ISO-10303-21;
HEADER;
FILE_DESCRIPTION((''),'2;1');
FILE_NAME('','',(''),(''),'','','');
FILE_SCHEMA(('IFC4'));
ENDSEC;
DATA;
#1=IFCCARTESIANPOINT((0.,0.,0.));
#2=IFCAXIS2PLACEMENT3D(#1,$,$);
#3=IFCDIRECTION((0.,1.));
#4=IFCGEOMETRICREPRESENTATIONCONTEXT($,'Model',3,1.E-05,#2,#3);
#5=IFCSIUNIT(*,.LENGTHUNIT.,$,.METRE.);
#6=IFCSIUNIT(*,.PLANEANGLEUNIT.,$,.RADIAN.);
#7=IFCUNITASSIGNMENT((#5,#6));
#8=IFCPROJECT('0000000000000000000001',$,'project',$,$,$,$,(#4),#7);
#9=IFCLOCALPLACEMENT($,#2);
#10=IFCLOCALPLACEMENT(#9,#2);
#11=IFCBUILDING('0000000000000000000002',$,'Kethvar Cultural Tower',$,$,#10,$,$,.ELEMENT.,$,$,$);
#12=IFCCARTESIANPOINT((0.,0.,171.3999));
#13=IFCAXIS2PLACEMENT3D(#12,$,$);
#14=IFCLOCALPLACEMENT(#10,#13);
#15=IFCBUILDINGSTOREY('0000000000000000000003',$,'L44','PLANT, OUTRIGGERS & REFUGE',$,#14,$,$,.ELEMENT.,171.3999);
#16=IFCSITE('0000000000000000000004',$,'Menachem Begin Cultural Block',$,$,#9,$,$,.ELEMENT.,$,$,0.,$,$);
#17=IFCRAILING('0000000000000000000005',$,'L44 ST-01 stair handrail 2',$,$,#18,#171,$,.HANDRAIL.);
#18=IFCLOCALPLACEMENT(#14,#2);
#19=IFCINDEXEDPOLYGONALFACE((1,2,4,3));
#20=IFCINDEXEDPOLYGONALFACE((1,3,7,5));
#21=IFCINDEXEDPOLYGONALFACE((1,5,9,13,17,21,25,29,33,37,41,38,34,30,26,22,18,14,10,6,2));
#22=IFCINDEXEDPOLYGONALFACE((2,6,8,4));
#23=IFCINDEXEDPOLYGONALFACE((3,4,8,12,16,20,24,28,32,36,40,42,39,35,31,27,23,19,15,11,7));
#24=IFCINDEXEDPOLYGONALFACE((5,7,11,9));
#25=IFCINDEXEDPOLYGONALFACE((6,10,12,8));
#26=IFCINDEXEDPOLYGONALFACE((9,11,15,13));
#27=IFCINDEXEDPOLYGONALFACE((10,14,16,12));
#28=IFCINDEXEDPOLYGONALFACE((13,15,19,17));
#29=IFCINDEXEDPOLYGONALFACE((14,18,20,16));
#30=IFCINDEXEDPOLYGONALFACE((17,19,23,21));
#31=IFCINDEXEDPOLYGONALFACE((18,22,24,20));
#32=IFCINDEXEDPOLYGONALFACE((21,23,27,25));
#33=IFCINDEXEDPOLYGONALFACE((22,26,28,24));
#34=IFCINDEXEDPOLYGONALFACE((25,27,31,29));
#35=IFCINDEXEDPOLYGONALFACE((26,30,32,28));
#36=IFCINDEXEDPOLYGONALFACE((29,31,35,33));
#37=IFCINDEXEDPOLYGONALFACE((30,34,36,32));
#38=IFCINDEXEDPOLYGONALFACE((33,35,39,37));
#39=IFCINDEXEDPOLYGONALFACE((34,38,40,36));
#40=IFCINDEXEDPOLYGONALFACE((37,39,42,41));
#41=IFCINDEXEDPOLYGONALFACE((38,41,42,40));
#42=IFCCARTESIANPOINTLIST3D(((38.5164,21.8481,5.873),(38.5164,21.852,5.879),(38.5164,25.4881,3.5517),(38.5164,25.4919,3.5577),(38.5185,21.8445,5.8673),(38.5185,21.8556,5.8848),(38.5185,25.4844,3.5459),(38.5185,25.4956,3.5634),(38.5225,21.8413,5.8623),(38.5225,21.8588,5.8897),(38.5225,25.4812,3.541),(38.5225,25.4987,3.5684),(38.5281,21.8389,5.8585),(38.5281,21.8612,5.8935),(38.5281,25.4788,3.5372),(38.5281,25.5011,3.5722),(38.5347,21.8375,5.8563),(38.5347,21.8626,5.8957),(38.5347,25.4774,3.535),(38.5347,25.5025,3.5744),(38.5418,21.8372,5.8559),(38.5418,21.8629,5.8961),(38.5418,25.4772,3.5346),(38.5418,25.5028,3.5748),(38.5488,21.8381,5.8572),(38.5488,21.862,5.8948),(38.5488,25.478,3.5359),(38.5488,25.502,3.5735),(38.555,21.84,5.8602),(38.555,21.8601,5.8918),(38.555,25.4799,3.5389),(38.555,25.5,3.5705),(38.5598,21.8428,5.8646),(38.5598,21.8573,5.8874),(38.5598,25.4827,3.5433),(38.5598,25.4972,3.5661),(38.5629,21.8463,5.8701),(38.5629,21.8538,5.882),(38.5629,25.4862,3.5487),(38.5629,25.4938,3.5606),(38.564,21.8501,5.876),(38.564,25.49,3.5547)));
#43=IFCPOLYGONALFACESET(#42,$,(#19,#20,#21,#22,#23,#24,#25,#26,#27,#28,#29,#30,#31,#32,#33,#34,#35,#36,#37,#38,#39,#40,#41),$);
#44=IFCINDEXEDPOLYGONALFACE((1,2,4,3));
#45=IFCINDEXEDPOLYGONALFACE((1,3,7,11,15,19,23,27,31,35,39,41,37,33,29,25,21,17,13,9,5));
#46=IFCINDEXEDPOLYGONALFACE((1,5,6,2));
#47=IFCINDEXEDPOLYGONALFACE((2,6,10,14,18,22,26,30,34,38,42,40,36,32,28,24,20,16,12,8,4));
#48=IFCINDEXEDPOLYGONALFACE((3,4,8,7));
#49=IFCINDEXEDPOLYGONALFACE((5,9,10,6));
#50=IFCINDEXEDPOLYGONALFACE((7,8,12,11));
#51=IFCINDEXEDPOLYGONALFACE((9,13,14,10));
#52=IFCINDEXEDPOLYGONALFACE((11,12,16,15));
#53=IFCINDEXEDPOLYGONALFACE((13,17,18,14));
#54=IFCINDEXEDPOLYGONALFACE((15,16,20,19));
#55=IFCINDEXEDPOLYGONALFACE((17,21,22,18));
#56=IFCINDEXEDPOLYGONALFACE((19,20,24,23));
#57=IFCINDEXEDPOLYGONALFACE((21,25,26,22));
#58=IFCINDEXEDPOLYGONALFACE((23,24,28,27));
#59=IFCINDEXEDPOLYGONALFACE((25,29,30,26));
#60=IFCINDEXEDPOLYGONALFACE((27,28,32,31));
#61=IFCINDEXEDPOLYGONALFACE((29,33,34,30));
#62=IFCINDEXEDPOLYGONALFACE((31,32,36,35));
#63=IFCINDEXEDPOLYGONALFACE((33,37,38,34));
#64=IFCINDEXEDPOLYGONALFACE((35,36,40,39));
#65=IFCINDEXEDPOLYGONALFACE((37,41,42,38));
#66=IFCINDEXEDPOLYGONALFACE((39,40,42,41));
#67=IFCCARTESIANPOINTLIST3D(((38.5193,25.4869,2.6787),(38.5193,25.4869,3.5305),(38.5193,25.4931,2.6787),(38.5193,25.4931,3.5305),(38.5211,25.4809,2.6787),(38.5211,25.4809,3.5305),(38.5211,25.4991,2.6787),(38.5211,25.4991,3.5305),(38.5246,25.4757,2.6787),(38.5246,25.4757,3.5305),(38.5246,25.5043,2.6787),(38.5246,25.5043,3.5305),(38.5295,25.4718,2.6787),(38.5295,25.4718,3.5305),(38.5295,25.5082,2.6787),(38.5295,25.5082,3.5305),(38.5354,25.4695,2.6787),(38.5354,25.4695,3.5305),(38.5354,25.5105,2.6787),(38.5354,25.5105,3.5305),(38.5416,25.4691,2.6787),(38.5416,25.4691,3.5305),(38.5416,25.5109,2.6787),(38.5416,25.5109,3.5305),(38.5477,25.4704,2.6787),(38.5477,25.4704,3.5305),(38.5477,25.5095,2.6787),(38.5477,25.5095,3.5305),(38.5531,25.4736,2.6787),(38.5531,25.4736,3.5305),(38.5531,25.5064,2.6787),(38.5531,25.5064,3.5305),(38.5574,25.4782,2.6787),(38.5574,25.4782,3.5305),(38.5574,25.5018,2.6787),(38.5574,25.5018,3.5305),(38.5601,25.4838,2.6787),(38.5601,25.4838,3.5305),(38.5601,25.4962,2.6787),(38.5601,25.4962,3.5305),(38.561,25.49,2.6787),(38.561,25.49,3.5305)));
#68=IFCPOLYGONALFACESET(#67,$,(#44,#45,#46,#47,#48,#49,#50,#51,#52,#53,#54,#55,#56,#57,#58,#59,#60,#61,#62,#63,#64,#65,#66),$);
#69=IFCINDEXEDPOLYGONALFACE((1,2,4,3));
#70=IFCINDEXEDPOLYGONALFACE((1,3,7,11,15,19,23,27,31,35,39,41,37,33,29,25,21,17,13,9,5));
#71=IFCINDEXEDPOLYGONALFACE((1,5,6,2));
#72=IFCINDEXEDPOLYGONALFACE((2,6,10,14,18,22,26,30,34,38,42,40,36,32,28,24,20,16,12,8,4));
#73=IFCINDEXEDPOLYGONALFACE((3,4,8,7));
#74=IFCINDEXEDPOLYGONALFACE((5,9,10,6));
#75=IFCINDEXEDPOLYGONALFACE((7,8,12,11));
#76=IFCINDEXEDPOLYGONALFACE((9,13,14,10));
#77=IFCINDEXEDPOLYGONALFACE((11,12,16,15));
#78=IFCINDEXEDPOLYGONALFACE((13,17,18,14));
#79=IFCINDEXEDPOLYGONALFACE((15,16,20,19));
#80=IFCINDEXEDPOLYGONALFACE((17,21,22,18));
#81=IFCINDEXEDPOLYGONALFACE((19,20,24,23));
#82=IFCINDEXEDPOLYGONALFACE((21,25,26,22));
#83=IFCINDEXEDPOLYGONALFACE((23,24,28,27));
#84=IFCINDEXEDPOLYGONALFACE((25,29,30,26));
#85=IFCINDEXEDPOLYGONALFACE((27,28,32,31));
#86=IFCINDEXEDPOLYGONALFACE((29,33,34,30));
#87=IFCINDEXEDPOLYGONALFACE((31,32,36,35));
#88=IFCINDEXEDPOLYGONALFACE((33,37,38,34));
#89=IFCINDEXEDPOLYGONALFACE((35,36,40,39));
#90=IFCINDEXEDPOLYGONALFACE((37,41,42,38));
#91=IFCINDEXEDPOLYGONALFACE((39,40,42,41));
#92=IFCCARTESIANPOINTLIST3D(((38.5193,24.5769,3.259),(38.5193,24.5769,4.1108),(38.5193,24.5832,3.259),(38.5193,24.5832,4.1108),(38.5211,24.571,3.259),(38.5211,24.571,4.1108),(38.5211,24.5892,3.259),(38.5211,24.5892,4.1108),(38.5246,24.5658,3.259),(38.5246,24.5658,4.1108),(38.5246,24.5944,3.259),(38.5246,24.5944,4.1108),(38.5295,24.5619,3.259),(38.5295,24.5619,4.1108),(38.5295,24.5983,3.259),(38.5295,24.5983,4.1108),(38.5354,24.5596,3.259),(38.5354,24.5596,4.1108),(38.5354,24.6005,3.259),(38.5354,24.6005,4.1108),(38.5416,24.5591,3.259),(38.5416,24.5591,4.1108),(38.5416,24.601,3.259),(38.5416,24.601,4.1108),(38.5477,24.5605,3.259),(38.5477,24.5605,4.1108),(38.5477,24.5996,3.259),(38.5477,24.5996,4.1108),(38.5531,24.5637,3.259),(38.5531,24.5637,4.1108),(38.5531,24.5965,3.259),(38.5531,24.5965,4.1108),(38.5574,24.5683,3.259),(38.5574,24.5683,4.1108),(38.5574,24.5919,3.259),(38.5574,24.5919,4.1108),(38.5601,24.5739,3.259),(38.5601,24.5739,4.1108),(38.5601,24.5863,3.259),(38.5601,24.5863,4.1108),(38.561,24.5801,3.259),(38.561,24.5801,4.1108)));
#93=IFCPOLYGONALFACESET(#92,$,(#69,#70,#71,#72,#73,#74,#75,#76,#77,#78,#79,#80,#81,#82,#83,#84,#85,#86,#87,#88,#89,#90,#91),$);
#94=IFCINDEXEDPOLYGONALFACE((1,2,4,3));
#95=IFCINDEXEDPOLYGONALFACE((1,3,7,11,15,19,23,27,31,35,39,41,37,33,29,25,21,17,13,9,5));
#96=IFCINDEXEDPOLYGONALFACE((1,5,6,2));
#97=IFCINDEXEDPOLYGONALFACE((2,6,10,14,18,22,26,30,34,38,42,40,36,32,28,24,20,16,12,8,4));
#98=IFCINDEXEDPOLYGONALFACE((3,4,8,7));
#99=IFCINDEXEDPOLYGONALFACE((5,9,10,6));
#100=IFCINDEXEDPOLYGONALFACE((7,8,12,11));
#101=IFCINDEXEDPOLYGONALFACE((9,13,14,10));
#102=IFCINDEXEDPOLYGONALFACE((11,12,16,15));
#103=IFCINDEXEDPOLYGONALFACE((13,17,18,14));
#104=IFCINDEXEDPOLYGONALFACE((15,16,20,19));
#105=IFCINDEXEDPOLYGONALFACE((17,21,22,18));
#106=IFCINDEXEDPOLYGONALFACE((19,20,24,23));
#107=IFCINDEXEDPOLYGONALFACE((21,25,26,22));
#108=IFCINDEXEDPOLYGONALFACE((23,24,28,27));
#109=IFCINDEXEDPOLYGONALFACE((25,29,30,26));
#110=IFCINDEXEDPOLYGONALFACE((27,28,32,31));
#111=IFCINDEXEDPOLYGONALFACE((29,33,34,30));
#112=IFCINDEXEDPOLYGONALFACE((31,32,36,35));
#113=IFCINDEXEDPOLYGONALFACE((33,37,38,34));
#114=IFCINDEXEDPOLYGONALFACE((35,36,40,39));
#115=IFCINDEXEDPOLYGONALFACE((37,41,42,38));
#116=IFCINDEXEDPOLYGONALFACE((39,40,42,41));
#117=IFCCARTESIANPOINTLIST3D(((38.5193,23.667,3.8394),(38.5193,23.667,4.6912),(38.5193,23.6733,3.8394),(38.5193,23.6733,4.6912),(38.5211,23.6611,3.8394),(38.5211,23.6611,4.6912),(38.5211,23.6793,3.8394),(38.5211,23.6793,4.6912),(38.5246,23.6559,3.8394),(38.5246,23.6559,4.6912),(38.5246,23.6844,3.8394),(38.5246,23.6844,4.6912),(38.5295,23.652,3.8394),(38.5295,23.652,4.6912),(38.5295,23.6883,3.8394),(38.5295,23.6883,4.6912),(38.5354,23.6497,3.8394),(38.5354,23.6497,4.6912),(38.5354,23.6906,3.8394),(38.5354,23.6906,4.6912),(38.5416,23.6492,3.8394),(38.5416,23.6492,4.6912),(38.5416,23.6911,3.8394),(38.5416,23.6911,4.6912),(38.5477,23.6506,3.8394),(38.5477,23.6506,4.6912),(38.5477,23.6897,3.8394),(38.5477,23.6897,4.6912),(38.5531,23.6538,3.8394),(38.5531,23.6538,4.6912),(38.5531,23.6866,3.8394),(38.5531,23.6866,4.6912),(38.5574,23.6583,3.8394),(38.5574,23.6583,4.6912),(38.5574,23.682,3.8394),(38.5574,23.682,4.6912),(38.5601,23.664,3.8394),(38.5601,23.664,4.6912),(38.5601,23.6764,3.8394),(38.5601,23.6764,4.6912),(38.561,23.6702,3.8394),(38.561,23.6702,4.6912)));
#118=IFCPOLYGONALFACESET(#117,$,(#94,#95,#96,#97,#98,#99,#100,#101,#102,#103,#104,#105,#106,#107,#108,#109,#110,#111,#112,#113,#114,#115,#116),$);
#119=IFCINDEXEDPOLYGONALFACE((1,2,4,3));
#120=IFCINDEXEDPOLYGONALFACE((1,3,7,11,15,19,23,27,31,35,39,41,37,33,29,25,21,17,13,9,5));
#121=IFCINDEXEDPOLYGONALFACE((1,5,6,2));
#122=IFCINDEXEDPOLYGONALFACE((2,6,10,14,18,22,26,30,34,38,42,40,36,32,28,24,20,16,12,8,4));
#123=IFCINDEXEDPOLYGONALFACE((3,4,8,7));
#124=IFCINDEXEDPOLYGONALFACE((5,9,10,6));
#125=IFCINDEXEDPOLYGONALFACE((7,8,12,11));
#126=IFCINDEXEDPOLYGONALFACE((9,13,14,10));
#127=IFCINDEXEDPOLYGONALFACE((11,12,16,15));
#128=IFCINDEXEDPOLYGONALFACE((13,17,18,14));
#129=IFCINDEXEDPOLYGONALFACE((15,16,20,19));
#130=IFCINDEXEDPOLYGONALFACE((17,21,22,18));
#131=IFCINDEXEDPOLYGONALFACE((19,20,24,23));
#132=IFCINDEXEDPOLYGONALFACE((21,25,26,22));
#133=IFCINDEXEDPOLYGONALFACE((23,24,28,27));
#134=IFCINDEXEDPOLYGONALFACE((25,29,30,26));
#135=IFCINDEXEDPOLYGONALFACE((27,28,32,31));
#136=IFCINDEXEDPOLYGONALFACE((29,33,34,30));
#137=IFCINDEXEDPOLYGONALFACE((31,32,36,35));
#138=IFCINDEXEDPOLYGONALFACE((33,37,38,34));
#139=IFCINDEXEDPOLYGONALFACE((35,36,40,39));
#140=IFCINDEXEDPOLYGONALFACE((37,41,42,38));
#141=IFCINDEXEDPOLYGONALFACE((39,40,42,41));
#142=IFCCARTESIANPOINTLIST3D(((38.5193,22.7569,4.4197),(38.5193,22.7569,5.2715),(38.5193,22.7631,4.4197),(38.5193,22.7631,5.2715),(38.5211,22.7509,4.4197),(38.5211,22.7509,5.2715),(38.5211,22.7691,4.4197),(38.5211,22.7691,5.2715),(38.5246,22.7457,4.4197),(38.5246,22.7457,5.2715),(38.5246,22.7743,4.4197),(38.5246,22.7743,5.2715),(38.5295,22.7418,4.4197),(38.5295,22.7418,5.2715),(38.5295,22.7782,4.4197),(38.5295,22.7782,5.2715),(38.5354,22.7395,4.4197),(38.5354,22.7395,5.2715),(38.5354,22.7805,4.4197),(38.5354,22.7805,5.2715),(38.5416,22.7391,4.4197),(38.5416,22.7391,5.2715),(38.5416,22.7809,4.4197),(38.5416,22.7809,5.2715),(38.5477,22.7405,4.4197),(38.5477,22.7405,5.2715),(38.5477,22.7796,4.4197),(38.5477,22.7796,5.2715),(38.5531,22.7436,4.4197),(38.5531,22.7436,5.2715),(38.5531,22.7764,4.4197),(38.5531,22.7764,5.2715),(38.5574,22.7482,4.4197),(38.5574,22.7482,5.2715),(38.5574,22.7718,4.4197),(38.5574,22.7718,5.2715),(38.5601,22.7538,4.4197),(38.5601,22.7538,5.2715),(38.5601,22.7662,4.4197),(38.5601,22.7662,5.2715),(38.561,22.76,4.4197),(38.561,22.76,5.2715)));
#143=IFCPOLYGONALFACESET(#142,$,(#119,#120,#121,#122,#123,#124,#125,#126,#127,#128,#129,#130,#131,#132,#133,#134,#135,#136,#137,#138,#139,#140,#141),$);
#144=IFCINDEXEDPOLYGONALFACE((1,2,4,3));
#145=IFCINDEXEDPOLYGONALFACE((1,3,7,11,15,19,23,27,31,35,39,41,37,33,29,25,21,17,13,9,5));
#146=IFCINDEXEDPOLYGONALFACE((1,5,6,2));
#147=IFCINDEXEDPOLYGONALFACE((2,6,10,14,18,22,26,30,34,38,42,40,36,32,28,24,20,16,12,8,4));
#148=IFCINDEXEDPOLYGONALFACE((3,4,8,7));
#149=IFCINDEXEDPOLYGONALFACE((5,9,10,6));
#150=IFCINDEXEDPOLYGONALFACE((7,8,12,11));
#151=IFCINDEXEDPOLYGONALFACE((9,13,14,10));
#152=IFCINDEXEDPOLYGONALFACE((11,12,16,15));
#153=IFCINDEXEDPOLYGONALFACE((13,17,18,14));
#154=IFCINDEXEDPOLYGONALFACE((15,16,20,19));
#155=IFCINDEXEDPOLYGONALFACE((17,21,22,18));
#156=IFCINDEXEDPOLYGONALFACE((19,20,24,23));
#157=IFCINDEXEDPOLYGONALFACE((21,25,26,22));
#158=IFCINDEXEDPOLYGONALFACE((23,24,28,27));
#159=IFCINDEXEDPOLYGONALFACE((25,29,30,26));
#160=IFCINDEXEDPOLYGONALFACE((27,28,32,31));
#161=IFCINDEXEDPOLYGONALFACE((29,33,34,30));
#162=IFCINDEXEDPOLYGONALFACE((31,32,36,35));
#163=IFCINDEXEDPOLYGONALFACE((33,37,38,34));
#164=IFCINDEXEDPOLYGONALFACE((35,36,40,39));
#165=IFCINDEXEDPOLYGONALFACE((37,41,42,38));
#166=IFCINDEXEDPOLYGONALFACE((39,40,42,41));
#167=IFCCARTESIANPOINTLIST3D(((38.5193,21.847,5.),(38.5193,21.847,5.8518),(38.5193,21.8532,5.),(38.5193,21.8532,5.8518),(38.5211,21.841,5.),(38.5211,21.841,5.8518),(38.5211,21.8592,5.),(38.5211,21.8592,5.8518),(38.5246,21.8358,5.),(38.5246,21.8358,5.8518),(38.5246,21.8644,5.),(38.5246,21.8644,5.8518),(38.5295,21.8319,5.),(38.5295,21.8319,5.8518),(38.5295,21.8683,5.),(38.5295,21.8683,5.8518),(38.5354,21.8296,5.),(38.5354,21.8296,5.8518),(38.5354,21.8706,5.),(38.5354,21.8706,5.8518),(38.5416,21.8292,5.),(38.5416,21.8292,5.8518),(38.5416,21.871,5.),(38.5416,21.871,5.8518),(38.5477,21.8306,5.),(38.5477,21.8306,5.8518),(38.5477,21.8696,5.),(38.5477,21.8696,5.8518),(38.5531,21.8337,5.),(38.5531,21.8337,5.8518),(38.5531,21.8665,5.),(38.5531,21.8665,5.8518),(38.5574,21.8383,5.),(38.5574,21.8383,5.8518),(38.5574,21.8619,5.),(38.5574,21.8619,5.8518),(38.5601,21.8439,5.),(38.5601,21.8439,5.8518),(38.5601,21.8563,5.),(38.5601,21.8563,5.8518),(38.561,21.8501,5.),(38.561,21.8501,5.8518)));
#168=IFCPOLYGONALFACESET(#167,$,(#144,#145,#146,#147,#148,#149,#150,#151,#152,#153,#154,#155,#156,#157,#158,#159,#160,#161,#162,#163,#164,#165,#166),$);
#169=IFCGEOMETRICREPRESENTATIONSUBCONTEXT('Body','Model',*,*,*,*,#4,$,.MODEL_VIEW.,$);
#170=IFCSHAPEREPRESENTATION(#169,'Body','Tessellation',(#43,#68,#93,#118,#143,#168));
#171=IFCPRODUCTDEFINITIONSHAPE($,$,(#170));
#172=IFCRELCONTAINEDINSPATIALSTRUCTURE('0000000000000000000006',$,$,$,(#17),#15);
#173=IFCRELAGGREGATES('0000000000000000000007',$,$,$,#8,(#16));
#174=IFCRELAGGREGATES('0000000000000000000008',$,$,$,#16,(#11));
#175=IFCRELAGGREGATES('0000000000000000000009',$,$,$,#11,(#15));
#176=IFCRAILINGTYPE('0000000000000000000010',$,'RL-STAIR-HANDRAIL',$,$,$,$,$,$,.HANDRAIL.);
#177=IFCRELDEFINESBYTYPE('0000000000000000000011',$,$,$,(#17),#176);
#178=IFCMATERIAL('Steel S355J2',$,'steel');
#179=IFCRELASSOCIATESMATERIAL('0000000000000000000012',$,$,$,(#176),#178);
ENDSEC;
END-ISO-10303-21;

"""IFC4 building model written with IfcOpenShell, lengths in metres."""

from ifc_helpers import new_model, si_unit, direction, frame, origin, origin_2d, place, context, subcontext, project, spatial, circle, extrude, material, type_object, element, save


model = new_model("IFC4")

# Units and contexts
model_context = context("Model", 3, precision=1e-05, world=origin(), true_north=direction((0.0, 1.0)))
body_context = subcontext(model_context, "Body", "Model", "MODEL_VIEW")
ifc_project = project(units=[si_unit("LENGTHUNIT", "METRE"), si_unit("PLANEANGLEUNIT", "RADIAN")], contexts=[model_context])

# Site, building, storey
site_placement = place(None, origin())
site = spatial("IfcSite", under=ifc_project, at=site_placement, Name="Menachem Begin Cultural Block", CompositionType="ELEMENT", RefElevation=0.0)
building_placement = place(site_placement, origin())
building = spatial("IfcBuilding", under=site, at=building_placement, Name="Kethvar Cultural Tower", CompositionType="ELEMENT")
storey_placement = place(building_placement, frame((0.0, 0.0, 171.3999)))
storey = spatial("IfcBuildingStorey", under=building, at=storey_placement, Name="L44", Description="PLANT, OUTRIGGERS & REFUGE", CompositionType="ELEMENT", Elevation=171.3999)

# Shared definitions
ifc_material_1 = material(Name="Steel S355J2", Category="steel")

# Railing
railing_type_1 = type_object("IfcRailingType", Name="RL-STAIR-HANDRAIL", PredefinedType="HANDRAIL", material=ifc_material_1)
railing_1_placement = place(storey_placement, frame((38.54, 25.49, 2.6787)))
element("IfcRailing", 1, at=railing_1_placement, inside=storey, type_object=railing_type_1, Name="L44 ST-01 stair handrail 2", PredefinedType="HANDRAIL", context=body_context, shape_type="SweptSolid", body=[
    extrude(circle(Radius=0.0239, at=origin_2d()), frame((0.0, 0.0, 0.876), z_axis=(0.0, -0.843137, 0.537699), x_axis=(1.0, 0.0, 0.0)), (0.0, 0.0, 1.0), 4.3171),
    extrude(circle(Radius=0.021, at=origin_2d()), origin(), (0.0, 0.0, 1.0), 0.8518),
    extrude(circle(Radius=0.021, at=origin_2d()), frame((0.0, -0.9099, 0.5803)), (0.0, 0.0, 1.0), 0.8518),
    extrude(circle(Radius=0.021, at=origin_2d()), frame((0.0, -1.8198, 1.1606)), (0.0, 0.0, 1.0), 0.8518),
    extrude(circle(Radius=0.021, at=origin_2d()), frame((0.0, -2.73, 1.741)), (0.0, 0.0, 1.0), 0.8518),
    extrude(circle(Radius=0.021, at=origin_2d()), frame((0.0, -3.6399, 2.3213)), (0.0, 0.0, 1.0), 0.8518),
])

save(model, "model.ifc")
